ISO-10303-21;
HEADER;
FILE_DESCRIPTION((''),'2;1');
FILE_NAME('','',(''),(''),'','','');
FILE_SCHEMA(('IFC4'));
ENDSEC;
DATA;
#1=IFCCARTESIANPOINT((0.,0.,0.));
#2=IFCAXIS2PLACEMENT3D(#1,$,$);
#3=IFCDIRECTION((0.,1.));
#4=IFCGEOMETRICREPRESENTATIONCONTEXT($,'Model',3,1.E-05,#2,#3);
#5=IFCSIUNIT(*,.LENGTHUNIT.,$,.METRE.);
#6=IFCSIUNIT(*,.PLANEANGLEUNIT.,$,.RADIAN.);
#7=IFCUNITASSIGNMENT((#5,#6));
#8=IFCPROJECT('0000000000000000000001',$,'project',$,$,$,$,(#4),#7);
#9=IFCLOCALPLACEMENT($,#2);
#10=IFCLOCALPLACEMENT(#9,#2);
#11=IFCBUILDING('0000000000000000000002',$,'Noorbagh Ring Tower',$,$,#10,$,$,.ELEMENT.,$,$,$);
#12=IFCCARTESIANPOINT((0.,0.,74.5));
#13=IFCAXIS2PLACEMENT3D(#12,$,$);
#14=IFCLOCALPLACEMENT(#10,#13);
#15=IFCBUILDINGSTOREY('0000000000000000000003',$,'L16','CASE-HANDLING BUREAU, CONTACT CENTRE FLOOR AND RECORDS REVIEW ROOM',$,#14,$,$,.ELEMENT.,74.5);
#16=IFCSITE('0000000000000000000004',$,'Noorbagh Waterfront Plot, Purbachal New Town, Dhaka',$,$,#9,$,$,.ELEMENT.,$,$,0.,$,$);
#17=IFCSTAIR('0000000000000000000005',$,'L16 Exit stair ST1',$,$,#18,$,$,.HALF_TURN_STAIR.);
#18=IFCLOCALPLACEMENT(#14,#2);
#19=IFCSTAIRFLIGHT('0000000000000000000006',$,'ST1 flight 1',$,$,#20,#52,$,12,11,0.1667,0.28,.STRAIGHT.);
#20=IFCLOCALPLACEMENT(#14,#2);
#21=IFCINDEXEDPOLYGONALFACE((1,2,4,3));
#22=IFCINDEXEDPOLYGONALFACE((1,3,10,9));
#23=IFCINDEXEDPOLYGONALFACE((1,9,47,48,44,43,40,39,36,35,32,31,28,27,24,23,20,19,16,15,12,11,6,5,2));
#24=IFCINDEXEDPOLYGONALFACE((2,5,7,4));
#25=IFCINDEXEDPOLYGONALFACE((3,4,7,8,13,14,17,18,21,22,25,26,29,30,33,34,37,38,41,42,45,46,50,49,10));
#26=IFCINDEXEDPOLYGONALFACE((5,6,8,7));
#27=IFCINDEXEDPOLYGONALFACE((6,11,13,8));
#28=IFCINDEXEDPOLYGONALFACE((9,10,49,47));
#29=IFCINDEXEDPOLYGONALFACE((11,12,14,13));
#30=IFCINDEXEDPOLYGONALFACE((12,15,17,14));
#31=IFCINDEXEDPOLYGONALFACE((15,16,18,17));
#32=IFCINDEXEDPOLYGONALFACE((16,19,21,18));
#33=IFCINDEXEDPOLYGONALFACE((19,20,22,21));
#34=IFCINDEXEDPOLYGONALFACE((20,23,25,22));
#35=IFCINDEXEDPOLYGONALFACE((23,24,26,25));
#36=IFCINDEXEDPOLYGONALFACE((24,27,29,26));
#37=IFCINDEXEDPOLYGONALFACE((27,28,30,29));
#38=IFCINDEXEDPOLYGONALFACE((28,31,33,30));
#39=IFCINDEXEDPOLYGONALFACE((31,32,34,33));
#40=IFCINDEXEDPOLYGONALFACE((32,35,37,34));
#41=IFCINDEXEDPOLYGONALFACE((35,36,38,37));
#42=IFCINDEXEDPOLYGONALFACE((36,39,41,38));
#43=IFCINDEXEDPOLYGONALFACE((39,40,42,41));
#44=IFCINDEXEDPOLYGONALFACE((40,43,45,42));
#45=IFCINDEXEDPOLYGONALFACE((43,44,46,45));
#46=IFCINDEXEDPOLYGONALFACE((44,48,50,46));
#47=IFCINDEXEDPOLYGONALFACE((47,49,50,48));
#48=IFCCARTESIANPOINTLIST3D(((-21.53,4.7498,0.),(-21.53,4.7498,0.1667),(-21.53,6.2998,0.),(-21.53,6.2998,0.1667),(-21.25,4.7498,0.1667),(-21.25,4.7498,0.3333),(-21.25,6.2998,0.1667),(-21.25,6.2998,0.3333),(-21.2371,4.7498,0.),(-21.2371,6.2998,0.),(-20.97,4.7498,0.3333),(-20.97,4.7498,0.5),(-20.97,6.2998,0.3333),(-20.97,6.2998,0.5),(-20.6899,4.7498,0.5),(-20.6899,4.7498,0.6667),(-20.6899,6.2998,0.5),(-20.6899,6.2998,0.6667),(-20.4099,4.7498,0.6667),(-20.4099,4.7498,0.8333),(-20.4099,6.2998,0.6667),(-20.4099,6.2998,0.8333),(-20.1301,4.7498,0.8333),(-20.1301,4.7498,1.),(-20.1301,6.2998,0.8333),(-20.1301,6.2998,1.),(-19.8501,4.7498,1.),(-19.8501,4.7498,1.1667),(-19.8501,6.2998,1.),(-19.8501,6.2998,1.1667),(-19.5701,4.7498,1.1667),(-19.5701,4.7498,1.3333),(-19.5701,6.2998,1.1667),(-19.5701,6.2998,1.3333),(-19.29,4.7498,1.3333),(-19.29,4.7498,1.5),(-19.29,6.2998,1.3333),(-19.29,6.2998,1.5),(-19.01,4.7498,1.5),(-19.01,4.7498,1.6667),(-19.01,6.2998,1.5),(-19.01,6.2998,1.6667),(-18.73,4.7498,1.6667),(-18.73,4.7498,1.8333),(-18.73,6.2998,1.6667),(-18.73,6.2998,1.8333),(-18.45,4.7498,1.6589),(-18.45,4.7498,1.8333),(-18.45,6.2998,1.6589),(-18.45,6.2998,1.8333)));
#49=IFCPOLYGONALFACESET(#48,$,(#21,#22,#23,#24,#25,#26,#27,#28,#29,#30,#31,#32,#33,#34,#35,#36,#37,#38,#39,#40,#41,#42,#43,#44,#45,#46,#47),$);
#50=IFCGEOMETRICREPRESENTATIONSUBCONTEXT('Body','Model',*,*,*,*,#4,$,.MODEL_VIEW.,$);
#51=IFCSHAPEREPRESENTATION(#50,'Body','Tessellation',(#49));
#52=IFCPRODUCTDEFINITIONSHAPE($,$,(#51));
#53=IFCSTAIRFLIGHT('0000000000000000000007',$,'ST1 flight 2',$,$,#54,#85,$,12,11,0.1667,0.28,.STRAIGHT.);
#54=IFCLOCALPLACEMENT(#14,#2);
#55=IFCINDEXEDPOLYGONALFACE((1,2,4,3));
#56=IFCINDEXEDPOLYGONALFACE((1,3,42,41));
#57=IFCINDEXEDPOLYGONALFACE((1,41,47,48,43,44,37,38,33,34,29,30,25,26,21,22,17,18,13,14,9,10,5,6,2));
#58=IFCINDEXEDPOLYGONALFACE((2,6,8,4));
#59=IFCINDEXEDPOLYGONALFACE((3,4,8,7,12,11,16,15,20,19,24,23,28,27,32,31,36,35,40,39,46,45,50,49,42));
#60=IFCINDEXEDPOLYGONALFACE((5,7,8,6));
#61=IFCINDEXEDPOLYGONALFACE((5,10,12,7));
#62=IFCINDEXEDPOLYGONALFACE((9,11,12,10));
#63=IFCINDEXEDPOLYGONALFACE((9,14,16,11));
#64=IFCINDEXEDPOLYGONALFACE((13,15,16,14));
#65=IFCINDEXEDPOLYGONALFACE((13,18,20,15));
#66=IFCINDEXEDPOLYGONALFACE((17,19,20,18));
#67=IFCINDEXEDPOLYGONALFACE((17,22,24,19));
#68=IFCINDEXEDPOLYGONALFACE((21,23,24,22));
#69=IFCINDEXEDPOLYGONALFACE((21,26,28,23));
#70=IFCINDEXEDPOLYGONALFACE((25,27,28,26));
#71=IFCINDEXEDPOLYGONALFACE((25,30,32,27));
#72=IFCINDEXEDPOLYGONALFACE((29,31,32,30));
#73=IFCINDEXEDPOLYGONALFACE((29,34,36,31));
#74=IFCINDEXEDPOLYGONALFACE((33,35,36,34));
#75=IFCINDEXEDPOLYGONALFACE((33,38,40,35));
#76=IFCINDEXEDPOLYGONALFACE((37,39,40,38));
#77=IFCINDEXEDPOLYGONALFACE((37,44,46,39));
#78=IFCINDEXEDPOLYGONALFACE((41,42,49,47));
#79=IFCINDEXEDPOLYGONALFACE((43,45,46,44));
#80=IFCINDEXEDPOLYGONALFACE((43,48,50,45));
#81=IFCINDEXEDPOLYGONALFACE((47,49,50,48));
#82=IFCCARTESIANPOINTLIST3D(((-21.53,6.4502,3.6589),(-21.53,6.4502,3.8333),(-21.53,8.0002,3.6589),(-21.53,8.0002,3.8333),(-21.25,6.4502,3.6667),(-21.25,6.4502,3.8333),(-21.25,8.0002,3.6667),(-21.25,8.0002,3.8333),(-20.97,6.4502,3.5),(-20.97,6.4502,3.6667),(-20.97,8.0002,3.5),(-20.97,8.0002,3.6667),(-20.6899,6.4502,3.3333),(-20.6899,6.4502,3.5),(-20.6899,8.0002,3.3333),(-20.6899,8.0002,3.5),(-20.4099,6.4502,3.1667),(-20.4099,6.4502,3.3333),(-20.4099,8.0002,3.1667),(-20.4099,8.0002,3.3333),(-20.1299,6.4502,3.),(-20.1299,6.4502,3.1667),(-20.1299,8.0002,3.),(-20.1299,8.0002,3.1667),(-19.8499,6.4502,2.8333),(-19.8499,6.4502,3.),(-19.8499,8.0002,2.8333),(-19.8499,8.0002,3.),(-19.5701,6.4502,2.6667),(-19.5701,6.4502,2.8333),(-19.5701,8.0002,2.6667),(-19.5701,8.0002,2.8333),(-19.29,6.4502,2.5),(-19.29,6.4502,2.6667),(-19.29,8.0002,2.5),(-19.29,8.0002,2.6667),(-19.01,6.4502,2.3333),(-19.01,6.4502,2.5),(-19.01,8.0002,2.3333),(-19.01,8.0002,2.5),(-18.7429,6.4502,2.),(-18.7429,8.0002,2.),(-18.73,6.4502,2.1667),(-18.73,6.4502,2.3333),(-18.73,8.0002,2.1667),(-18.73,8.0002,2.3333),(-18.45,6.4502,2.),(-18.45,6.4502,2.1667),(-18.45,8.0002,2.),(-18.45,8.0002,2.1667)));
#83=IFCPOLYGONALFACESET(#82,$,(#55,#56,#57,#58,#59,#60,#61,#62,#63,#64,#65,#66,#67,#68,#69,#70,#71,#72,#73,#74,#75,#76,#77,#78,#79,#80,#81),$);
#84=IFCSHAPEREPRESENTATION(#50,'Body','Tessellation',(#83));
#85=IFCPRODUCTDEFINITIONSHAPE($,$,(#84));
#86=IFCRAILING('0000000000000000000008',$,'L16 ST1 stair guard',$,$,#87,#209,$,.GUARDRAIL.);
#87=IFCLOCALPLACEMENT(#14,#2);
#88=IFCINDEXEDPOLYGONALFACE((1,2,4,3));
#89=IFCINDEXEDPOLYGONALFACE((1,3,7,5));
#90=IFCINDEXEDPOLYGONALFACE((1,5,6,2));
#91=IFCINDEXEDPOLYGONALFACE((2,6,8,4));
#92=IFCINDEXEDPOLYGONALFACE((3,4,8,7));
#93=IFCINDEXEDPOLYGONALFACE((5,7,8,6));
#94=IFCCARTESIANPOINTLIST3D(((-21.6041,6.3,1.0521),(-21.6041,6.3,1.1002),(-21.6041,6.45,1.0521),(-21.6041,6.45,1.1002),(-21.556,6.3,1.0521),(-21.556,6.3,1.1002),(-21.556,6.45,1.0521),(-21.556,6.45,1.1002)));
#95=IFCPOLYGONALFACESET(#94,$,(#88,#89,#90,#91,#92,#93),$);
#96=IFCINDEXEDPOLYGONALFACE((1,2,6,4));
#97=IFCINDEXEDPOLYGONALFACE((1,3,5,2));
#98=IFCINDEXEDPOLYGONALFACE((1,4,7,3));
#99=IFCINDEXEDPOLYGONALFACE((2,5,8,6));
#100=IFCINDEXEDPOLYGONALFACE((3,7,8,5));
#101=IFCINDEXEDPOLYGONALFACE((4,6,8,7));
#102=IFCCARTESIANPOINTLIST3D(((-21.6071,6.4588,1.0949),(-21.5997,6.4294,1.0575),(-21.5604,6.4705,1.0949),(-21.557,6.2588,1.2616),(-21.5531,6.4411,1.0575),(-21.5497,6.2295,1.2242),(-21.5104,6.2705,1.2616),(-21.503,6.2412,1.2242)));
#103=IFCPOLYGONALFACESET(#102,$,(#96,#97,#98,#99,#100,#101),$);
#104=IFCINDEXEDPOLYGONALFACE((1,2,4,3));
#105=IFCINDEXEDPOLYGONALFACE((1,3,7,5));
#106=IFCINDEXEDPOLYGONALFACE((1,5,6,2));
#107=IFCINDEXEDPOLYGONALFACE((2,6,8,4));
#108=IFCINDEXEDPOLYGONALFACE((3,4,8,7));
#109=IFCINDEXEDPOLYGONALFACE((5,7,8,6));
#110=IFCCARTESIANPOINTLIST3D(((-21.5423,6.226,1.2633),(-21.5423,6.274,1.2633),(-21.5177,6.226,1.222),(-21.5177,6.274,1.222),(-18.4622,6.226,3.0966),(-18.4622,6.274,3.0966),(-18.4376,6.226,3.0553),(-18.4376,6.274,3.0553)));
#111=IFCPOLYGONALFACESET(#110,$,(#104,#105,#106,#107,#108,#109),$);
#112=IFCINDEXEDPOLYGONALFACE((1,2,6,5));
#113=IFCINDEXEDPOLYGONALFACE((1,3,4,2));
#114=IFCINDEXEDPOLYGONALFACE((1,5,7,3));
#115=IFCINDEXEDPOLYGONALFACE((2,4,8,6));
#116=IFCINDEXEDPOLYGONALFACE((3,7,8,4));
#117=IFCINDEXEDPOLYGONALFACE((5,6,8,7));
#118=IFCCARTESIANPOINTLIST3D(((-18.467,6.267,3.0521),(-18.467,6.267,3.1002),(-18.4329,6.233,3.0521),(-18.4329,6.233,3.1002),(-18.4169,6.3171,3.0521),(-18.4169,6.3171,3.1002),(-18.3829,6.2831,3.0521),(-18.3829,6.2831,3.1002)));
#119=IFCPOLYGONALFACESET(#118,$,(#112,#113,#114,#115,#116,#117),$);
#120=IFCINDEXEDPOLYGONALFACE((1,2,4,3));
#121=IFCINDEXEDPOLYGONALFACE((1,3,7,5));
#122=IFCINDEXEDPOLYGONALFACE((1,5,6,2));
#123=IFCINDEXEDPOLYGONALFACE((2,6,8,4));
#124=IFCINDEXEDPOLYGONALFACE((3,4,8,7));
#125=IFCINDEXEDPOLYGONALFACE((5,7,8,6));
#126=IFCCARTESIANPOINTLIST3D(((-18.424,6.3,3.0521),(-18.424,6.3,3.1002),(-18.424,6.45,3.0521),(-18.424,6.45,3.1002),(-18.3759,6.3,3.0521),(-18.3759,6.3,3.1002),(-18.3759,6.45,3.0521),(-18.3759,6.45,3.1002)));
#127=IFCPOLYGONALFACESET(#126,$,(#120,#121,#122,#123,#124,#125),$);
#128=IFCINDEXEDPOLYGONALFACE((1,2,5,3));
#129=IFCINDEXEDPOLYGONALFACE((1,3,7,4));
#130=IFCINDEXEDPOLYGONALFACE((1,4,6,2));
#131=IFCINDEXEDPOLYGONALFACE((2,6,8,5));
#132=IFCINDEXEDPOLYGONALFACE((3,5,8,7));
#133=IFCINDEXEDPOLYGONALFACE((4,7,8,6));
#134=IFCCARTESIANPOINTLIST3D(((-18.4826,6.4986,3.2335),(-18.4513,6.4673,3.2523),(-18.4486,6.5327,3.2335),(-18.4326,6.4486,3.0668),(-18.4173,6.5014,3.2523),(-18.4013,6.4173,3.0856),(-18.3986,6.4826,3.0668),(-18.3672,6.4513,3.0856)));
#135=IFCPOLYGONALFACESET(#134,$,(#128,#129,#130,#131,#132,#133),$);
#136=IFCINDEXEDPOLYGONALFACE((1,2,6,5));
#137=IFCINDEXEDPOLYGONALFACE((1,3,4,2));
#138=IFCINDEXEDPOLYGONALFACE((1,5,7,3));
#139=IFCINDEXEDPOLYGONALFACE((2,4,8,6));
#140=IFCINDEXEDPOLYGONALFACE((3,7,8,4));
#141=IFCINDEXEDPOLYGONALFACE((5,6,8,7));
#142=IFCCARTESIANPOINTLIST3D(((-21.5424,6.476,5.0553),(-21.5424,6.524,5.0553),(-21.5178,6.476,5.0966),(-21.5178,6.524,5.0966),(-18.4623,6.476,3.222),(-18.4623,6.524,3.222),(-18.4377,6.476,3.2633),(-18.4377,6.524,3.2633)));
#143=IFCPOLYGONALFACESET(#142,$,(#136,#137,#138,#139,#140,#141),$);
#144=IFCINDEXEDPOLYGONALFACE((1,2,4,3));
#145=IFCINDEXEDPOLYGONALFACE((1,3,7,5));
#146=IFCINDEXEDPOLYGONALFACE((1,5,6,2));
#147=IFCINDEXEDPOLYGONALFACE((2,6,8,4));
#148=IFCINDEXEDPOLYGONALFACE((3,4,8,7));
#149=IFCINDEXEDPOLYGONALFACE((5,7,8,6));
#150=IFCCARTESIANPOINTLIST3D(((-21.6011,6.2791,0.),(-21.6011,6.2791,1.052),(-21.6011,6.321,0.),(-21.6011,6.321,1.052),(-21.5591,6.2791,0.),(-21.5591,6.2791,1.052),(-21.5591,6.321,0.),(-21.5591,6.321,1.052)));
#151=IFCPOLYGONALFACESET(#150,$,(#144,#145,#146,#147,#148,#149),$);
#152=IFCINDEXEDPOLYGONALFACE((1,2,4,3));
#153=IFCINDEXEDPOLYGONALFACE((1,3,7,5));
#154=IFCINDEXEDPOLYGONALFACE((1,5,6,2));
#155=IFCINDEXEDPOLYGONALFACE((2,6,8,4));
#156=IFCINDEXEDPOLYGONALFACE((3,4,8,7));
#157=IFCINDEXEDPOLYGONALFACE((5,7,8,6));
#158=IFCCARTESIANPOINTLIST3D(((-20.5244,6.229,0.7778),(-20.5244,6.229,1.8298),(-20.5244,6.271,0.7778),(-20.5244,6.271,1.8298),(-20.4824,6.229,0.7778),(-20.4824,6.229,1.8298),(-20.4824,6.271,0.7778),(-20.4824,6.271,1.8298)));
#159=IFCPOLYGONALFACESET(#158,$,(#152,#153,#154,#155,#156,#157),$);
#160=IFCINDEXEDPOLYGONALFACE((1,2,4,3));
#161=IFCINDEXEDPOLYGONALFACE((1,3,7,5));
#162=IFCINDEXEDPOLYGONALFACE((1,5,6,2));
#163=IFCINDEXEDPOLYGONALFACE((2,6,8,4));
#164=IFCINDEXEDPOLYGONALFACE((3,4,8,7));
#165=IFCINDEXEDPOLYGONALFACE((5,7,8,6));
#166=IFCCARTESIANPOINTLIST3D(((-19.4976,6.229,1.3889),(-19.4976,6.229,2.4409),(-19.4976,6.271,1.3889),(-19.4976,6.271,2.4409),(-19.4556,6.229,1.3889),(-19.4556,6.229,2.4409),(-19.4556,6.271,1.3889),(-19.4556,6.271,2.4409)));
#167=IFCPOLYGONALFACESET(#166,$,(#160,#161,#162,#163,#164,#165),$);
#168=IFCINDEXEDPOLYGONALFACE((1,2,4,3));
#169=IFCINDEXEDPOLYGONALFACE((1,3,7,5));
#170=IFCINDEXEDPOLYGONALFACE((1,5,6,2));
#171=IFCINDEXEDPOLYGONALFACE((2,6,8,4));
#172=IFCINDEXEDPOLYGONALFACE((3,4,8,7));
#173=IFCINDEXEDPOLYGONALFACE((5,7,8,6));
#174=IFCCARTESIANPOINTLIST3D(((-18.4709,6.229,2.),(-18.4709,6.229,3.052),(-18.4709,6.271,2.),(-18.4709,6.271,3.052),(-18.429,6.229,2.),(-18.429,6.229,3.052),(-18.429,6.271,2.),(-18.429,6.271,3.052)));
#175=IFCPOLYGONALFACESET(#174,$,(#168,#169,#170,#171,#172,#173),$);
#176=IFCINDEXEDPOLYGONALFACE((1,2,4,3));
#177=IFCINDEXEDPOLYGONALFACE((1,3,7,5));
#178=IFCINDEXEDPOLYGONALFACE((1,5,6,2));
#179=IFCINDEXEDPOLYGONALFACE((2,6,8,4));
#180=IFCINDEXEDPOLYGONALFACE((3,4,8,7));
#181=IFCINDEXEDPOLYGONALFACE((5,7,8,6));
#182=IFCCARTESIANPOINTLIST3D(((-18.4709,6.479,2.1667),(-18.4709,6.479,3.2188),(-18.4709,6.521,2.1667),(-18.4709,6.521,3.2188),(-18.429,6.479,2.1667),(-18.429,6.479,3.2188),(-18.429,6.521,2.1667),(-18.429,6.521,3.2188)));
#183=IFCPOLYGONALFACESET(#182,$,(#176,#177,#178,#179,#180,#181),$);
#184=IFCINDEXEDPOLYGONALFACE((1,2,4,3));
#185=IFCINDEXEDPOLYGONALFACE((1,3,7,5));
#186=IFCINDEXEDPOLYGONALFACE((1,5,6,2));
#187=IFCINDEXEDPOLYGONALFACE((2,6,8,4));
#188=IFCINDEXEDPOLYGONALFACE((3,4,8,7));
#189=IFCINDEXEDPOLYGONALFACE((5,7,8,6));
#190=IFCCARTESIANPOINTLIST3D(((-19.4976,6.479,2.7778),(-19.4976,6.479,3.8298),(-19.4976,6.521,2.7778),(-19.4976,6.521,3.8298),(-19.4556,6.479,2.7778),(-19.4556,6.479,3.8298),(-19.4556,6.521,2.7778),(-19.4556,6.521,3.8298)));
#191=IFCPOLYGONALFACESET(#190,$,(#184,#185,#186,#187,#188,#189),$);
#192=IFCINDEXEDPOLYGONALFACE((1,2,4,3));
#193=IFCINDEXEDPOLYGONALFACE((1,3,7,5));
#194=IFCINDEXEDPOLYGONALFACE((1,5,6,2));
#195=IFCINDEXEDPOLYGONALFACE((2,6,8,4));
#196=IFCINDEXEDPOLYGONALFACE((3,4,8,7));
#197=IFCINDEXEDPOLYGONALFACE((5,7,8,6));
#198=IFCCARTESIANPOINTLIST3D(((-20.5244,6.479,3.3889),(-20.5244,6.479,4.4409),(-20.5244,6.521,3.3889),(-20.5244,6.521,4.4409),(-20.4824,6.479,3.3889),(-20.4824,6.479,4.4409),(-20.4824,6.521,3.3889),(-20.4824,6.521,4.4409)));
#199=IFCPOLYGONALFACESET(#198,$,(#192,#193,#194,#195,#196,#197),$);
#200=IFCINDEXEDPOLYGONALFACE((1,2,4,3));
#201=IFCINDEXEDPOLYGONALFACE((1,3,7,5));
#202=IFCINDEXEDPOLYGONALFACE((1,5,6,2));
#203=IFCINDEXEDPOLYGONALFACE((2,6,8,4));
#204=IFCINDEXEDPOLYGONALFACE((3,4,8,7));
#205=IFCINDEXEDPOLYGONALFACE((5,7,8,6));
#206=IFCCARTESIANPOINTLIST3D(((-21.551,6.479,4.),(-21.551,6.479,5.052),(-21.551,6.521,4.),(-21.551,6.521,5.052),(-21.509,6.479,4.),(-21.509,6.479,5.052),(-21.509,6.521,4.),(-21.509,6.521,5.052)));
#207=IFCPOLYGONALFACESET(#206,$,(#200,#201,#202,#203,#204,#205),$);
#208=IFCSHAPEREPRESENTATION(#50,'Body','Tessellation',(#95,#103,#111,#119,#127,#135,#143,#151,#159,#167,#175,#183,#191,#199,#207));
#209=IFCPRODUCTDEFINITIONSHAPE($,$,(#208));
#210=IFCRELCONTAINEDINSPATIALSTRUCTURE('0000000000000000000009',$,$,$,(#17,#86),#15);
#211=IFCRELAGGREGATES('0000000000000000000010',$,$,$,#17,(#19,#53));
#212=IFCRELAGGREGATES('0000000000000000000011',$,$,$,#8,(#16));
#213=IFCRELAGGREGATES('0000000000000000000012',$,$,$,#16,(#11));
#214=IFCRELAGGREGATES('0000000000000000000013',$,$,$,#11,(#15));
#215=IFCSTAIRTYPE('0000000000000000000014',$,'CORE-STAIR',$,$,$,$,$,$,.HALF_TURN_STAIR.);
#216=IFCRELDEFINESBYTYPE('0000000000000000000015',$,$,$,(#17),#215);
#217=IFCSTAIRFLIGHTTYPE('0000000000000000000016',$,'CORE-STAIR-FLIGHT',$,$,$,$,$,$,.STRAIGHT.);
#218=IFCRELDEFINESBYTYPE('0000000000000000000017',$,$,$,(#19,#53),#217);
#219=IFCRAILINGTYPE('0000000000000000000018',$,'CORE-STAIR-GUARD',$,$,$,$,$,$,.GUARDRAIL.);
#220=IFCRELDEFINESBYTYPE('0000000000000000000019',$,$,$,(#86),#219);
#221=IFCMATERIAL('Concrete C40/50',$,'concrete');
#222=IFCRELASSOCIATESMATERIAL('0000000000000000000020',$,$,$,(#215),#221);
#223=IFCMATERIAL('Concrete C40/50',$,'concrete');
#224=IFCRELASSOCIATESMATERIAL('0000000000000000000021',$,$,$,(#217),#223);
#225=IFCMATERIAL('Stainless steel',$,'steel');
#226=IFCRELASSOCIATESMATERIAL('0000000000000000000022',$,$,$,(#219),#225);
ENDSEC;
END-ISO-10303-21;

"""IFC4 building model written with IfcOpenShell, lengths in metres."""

from ifc_helpers import new_model, si_unit, direction, frame, origin, origin_2d, place, context, subcontext, project, spatial, polyline, rectangle, outline, extrude, material, type_object, element, aggregate, save


model = new_model("IFC4")

# Units and contexts
model_context = context("Model", 3, precision=1e-05, world=origin(), true_north=direction((0.0, 1.0)))
body_context = subcontext(model_context, "Body", "Model", "MODEL_VIEW")
ifc_project = project(units=[si_unit("LENGTHUNIT", "METRE"), si_unit("PLANEANGLEUNIT", "RADIAN")], contexts=[model_context])

# Site, building, storey
site_placement = place(None, origin())
site = spatial("IfcSite", under=ifc_project, at=site_placement, Name="Noorbagh Waterfront Plot, Purbachal New Town, Dhaka", CompositionType="ELEMENT", RefElevation=0.0)
building_placement = place(site_placement, origin())
building = spatial("IfcBuilding", under=site, at=building_placement, Name="Noorbagh Ring Tower", CompositionType="ELEMENT")
storey_placement = place(building_placement, frame((0.0, 0.0, 74.5)))
storey = spatial("IfcBuildingStorey", under=building, at=storey_placement, Name="L16", Description="CASE-HANDLING BUREAU, CONTACT CENTRE FLOOR AND RECORDS REVIEW ROOM", CompositionType="ELEMENT", Elevation=74.5)

# Stair, stair flights
ifc_material_1 = material(Name="Concrete C40/50", Category="concrete")
stair_type = type_object("IfcStairType", Name="CORE-STAIR", PredefinedType="HALF_TURN_STAIR", material=ifc_material_1)
stair_placement = place(storey_placement, origin())
stair = element("IfcStair", 1, at=stair_placement, inside=storey, type_object=stair_type, Name="L16 Exit stair ST1", PredefinedType="HALF_TURN_STAIR")
ifc_material_2 = material(Name="Concrete C40/50", Category="concrete")
stair_flight_type = type_object("IfcStairFlightType", Name="CORE-STAIR-FLIGHT", PredefinedType="STRAIGHT", material=ifc_material_2)
stair_flight_1_placement = place(storey_placement, frame((-21.53, 5.5249, 0.0), z_axis=(0.0, 0.0, 1.0), x_axis=(1.0, 0.0, 0.0)))
stair_flight_1 = element("IfcStairFlight", 2, at=stair_flight_1_placement, type_object=stair_flight_type, Name="ST1 flight 1", NumberOfRisers=12, NumberOfTreads=11, PredefinedType="STRAIGHT", RiserHeight=0.1667, TreadLength=0.28, context=body_context, shape_type="SweptSolid", body=[
    extrude(outline(polyline([(0.0, 0.0), (0.0, 0.1667), (0.28, 0.1667), (0.28, 0.3333), (0.5601, 0.3333), (0.5601, 0.5), (0.8401, 0.5), (0.8401, 0.6667), (1.1201, 0.6667), (1.1201, 0.8333), (1.3999, 0.8333), (1.3999, 1.0), (1.6799, 1.0), (1.6799, 1.1667), (1.96, 1.1667), (1.96, 1.3333), (2.24, 1.3333), (2.24, 1.5), (2.52, 1.5), (2.52, 1.6667), (2.8, 1.6667), (2.8, 1.8333), (3.0801, 1.8333), (3.0801, 2.0), (3.0801, 1.6589), (0.293, 0.0), (0.0, 0.0)])), frame((0.0, 0.7749, 0.0), z_axis=(0.0, -1.0, 0.0), x_axis=(1.0, 0.0, 0.0)), (0.0, 0.0, 1.0), 1.55),
])
stair_flight_2_placement = place(storey_placement, frame((-18.45, 7.2251, 2.0), z_axis=(0.0, 0.0, 1.0), x_axis=(-1.0, 0.0, 0.0)))
stair_flight_2 = element("IfcStairFlight", 3, at=stair_flight_2_placement, type_object=stair_flight_type, Name="ST1 flight 2", NumberOfRisers=12, NumberOfTreads=11, PredefinedType="STRAIGHT", RiserHeight=0.1667, TreadLength=0.28, context=body_context, shape_type="SweptSolid", body=[
    extrude(outline(polyline([(0.0, 0.0), (0.0, 0.1667), (0.28, 0.1667), (0.28, 0.3333), (0.5601, 0.3333), (0.5601, 0.5), (0.8401, 0.5), (0.8401, 0.6667), (1.1201, 0.6667), (1.1201, 0.8333), (1.3999, 0.8333), (1.3999, 1.0), (1.6799, 1.0), (1.6799, 1.1667), (1.96, 1.1667), (1.96, 1.3333), (2.24, 1.3333), (2.24, 1.5), (2.52, 1.5), (2.52, 1.6667), (2.8, 1.6667), (2.8, 1.8333), (3.0801, 1.8333), (3.0801, 2.0), (3.0801, 1.6589), (0.293, 0.0), (0.0, 0.0)])), frame((0.0, 0.7749, 0.0), z_axis=(0.0, -1.0, 0.0), x_axis=(1.0, 0.0, 0.0)), (0.0, 0.0, 1.0), 1.55),
])
aggregate(stair, [stair_flight_1, stair_flight_2])

# Railing
ifc_material_3 = material(Name="Stainless steel", Category="steel")
railing_type_1 = type_object("IfcRailingType", Name="CORE-STAIR-GUARD", PredefinedType="GUARDRAIL", material=ifc_material_3)
railing_1_placement = place(storey_placement, frame((-21.5801, 6.3, 0.0)))
element("IfcRailing", 4, at=railing_1_placement, inside=storey, type_object=railing_type_1, Name="L16 ST1 stair guard", PredefinedType="GUARDRAIL", context=body_context, shape_type="SweptSolid", body=[
    extrude(rectangle(XDim=0.0481, YDim=0.0481, at=origin_2d()), frame((0.0, 0.0, 1.0762), z_axis=(0.0, 1.0, 0.0), x_axis=(-1.0, 0.0, 0.0)), (0.0, 0.0, 1.0), 0.1499),
    extrude(rectangle(XDim=0.0481, YDim=0.0481, at=origin_2d()), frame((0.0, 0.1499, 1.0762), z_axis=(0.188776, -0.754182, 0.628946), x_axis=(0.970073, 0.242814, 0.0)), (0.0, 0.0, 1.0), 0.2651),
    extrude(rectangle(XDim=0.0481, YDim=0.0481, at=origin_2d()), frame((0.05, -0.05, 1.2427), z_axis=(0.859309, 0.0, 0.511458), x_axis=(0.0, 1.0, 0.0)), (0.0, 0.0, 1.0), 3.5845),
    extrude(rectangle(XDim=0.0481, YDim=0.0481, at=origin_2d()), frame((3.1301, -0.05, 3.0762), z_axis=(0.707107, 0.707107, 0.0), x_axis=(-0.707107, 0.707107, 0.0)), (0.0, 0.0, 1.0), 0.0708),
    extrude(rectangle(XDim=0.0481, YDim=0.0481, at=origin_2d()), frame((3.1802, 0.0, 3.0762), z_axis=(0.0, 1.0, 0.0), x_axis=(-1.0, 0.0, 0.0)), (0.0, 0.0, 1.0), 0.1499),
    extrude(rectangle(XDim=0.0481, YDim=0.0481, at=origin_2d()), frame((3.1802, 0.1499, 3.0762), z_axis=(-0.276287, 0.276287, 0.920506), x_axis=(-0.707107, -0.707107, 0.0)), (0.0, 0.0, 1.0), 0.1812),
    extrude(rectangle(XDim=0.0481, YDim=0.0481, at=origin_2d()), frame((3.1301, 0.2, 3.2427), z_axis=(-0.859309, 0.0, 0.511458), x_axis=(0.0, -1.0, 0.0)), (0.0, 0.0, 1.0), 3.5845),
    extrude(rectangle(XDim=0.042, YDim=0.042, at=origin_2d()), origin(), (0.0, 0.0, 1.0), 1.052),
    extrude(rectangle(XDim=0.042, YDim=0.042, at=origin_2d()), frame((1.0767, -0.05, 0.7778)), (0.0, 0.0, 1.0), 1.052),
    extrude(rectangle(XDim=0.042, YDim=0.042, at=origin_2d()), frame((2.1035, -0.05, 1.3889)), (0.0, 0.0, 1.0), 1.052),
    extrude(rectangle(XDim=0.042, YDim=0.042, at=origin_2d()), frame((3.1301, -0.05, 2.0)), (0.0, 0.0, 1.0), 1.052),
    extrude(rectangle(XDim=0.042, YDim=0.042, at=origin_2d()), frame((3.1301, 0.2, 2.1667)), (0.0, 0.0, 1.0), 1.052),
    extrude(rectangle(XDim=0.042, YDim=0.042, at=origin_2d()), frame((2.1035, 0.2, 2.7778)), (0.0, 0.0, 1.0), 1.052),
    extrude(rectangle(XDim=0.042, YDim=0.042, at=origin_2d()), frame((1.0767, 0.2, 3.3889)), (0.0, 0.0, 1.0), 1.052),
    extrude(rectangle(XDim=0.042, YDim=0.042, at=origin_2d()), frame((0.05, 0.2, 4.0)), (0.0, 0.0, 1.0), 1.052),
])

save(model, "model.ifc")
